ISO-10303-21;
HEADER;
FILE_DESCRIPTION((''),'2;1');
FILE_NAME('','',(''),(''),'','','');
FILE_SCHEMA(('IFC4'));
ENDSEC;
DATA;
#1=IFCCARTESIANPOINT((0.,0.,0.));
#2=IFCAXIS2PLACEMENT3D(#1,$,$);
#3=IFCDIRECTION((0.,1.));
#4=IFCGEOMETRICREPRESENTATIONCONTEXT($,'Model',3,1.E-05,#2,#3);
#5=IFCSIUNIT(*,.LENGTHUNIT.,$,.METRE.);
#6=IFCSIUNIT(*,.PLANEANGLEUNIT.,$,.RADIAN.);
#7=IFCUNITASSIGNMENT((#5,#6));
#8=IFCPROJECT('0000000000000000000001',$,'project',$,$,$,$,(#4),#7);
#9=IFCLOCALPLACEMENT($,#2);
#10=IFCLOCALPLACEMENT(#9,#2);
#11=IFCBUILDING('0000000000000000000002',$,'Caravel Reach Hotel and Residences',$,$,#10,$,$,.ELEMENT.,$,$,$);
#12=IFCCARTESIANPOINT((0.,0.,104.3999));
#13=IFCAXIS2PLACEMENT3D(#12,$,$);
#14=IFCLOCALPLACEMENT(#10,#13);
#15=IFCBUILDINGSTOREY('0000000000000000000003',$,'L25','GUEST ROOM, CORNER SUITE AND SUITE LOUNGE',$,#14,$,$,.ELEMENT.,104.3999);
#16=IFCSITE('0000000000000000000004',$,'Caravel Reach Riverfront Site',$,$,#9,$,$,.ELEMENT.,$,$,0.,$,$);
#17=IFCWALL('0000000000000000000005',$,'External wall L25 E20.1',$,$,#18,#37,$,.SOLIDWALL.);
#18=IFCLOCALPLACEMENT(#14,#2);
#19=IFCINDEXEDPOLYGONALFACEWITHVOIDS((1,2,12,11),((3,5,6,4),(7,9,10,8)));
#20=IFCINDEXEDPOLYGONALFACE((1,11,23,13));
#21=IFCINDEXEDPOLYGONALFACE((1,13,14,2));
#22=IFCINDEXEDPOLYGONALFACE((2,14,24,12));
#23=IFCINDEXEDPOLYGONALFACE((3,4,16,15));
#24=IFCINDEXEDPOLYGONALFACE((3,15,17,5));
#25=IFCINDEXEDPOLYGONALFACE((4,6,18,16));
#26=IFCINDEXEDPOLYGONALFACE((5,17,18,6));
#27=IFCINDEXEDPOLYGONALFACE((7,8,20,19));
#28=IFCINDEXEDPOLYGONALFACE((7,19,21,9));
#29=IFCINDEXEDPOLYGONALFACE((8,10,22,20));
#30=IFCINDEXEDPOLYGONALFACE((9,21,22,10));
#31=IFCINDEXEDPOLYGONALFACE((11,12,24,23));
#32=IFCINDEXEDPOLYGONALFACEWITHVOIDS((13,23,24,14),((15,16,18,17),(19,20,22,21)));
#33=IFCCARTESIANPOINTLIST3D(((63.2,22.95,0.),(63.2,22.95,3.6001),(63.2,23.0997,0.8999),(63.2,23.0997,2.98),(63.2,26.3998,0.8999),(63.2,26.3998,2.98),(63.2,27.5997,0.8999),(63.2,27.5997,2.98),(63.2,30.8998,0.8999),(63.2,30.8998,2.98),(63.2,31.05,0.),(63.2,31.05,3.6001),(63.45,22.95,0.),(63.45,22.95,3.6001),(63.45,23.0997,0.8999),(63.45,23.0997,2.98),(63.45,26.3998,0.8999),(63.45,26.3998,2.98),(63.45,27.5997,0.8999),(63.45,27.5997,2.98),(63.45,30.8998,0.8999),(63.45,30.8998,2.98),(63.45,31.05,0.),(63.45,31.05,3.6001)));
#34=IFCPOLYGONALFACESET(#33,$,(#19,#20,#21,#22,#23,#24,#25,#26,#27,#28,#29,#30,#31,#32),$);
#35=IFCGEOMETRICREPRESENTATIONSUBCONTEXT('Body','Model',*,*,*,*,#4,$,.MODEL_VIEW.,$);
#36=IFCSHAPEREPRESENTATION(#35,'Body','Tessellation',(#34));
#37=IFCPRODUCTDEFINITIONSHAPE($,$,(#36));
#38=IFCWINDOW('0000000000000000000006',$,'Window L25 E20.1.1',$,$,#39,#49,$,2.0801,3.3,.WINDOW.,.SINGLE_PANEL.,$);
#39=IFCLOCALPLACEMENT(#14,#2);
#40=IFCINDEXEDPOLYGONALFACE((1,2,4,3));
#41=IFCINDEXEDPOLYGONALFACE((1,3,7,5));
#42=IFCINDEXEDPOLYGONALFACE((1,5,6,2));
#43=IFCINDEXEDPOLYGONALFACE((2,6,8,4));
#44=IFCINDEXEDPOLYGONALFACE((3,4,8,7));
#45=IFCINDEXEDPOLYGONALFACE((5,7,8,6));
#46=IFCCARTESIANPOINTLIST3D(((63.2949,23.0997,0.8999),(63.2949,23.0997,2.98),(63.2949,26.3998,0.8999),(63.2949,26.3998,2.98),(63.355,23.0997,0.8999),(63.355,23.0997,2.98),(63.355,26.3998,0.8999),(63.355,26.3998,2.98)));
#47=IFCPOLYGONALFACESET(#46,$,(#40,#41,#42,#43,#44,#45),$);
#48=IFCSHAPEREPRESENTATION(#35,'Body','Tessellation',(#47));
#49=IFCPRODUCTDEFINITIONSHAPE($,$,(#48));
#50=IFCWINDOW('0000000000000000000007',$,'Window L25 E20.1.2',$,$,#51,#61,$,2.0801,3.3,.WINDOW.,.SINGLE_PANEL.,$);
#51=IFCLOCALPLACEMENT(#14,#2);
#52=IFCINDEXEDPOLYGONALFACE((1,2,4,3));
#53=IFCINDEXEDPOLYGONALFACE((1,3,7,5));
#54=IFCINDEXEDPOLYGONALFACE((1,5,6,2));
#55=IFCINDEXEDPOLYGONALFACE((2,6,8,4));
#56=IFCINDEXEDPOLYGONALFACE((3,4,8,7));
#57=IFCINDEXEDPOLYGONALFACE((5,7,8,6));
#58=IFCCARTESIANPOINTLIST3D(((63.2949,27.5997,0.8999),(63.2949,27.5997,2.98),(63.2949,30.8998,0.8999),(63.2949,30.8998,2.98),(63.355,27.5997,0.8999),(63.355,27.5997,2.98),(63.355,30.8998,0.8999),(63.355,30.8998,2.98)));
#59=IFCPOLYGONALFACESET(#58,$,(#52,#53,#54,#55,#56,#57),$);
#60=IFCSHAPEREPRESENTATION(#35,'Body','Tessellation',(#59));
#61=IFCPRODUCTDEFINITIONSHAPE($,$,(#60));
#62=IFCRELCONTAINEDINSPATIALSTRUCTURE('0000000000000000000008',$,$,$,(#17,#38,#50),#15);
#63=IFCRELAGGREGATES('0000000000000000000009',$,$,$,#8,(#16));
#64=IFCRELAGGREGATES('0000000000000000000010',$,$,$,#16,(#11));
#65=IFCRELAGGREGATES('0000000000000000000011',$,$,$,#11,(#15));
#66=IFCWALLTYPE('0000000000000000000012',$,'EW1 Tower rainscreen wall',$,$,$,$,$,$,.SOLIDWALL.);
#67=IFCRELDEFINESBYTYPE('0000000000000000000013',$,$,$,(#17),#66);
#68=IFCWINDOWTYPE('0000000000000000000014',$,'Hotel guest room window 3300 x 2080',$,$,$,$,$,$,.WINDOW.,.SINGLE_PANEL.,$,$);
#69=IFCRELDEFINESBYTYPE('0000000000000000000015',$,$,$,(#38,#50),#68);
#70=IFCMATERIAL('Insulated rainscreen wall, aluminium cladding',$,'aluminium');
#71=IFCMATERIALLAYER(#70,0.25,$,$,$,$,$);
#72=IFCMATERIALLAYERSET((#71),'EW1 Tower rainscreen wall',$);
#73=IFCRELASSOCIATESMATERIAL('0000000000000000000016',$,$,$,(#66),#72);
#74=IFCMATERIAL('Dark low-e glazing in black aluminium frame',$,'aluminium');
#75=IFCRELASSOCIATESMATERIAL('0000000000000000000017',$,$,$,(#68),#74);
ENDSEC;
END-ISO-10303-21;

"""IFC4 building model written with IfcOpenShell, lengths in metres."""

from ifc_helpers import new_model, si_unit, direction, frame, frame_2d, origin, place, context, subcontext, project, spatial, rectangle, extrude, material, layer, layer_set, type_object, element, fill, save


model = new_model("IFC4")

# Units and contexts
model_context = context("Model", 3, precision=1e-05, world=origin(), true_north=direction((0.0, 1.0)))
body_context = subcontext(model_context, "Body", "Model", "MODEL_VIEW")
ifc_project = project(units=[si_unit("LENGTHUNIT", "METRE"), si_unit("PLANEANGLEUNIT", "RADIAN")], contexts=[model_context])

# Site, building, storey
site_placement = place(None, origin())
site = spatial("IfcSite", under=ifc_project, at=site_placement, Name="Caravel Reach Riverfront Site", CompositionType="ELEMENT", RefElevation=0.0)
building_placement = place(site_placement, origin())
building = spatial("IfcBuilding", under=site, at=building_placement, Name="Caravel Reach Hotel and Residences", CompositionType="ELEMENT")
storey_placement = place(building_placement, frame((0.0, 0.0, 104.3999)))
storey = spatial("IfcBuildingStorey", under=building, at=storey_placement, Name="L25", Description="GUEST ROOM, CORNER SUITE AND SUITE LOUNGE", CompositionType="ELEMENT", Elevation=104.3999)

# Shared definitions
ifc_material_1 = material(Name="Insulated rainscreen wall, aluminium cladding", Category="aluminium")
ifc_layer = layer(ifc_material_1, 0.25)
ifc_layer_set = layer_set([ifc_layer], Name="EW1 Tower rainscreen wall")
wall_type = type_object("IfcWallType", Name="EW1 Tower rainscreen wall", PredefinedType="SOLIDWALL", material=ifc_layer_set)

# Wall, openings, windows
wall_1_placement = place(storey_placement, frame((63.325, 22.95, 0.0), z_axis=(0.0, 0.0, 1.0), x_axis=(0.0, 1.0, 0.0)))
wall_1 = element("IfcWall", 1, at=wall_1_placement, inside=storey, type_object=wall_type, Name="External wall L25 E20.1", PredefinedType="SOLIDWALL", context=body_context, shape_type="SweptSolid", body=[
    extrude(rectangle(XDim=8.1001, YDim=0.25, at=frame_2d((4.05, 0.0))), origin(), (0.0, 0.0, 1.0), 3.6001),
])
opening_1_placement = place(wall_1_placement, frame((0.1499, 0.0, 0.8999)))
opening_1 = element("IfcOpeningElement", 2, at=opening_1_placement, cuts=wall_1, PredefinedType="OPENING", context=body_context, shape_type="SweptSolid", body=[
    extrude(rectangle(XDim=3.3, YDim=2.0801, at=frame_2d((1.6499, 1.04))), frame((0.0, 0.135, 0.0), z_axis=(0.0, -1.0, 0.0), x_axis=(1.0, 0.0, 0.0)), (0.0, 0.0, 1.0), 0.27),
])
opening_2_placement = place(wall_1_placement, frame((4.6499, 0.0, 0.8999)))
opening_2 = element("IfcOpeningElement", 3, at=opening_2_placement, cuts=wall_1, PredefinedType="OPENING", context=body_context, shape_type="SweptSolid", body=[
    extrude(rectangle(XDim=3.3, YDim=2.0801, at=frame_2d((1.6499, 1.04))), frame((0.0, 0.135, 0.0), z_axis=(0.0, -1.0, 0.0), x_axis=(1.0, 0.0, 0.0)), (0.0, 0.0, 1.0), 0.27),
])
ifc_material_2 = material(Name="Dark low-e glazing in black aluminium frame", Category="aluminium")
window_type_1 = type_object("IfcWindowType", Name="Hotel guest room window 3300 x 2080", PartitioningType="SINGLE_PANEL", PredefinedType="WINDOW", material=ifc_material_2)
window_1_placement = place(opening_1_placement, origin())
window_1 = element("IfcWindow", 4, at=window_1_placement, inside=storey, type_object=window_type_1, Name="Window L25 E20.1.1", OverallHeight=2.0801, OverallWidth=3.3, PartitioningType="SINGLE_PANEL", PredefinedType="WINDOW", context=body_context, shape_type="SweptSolid", body=[
    extrude(rectangle(XDim=3.3, YDim=2.0801, at=frame_2d((1.6499, 1.04))), frame((0.0, 0.03, 0.0), z_axis=(0.0, -1.0, 0.0), x_axis=(1.0, 0.0, 0.0)), (0.0, 0.0, 1.0), 0.0601),
])
fill(opening_1, window_1)
window_2_placement = place(opening_2_placement, origin())
window_2 = element("IfcWindow", 5, at=window_2_placement, inside=storey, type_object=window_type_1, Name="Window L25 E20.1.2", OverallHeight=2.0801, OverallWidth=3.3, PartitioningType="SINGLE_PANEL", PredefinedType="WINDOW", context=body_context, shape_type="SweptSolid", body=[
    extrude(rectangle(XDim=3.3, YDim=2.0801, at=frame_2d((1.6499, 1.04))), frame((0.0, 0.03, 0.0), z_axis=(0.0, -1.0, 0.0), x_axis=(1.0, 0.0, 0.0)), (0.0, 0.0, 1.0), 0.0601),
])
fill(opening_2, window_2)

save(model, "model.ifc")
